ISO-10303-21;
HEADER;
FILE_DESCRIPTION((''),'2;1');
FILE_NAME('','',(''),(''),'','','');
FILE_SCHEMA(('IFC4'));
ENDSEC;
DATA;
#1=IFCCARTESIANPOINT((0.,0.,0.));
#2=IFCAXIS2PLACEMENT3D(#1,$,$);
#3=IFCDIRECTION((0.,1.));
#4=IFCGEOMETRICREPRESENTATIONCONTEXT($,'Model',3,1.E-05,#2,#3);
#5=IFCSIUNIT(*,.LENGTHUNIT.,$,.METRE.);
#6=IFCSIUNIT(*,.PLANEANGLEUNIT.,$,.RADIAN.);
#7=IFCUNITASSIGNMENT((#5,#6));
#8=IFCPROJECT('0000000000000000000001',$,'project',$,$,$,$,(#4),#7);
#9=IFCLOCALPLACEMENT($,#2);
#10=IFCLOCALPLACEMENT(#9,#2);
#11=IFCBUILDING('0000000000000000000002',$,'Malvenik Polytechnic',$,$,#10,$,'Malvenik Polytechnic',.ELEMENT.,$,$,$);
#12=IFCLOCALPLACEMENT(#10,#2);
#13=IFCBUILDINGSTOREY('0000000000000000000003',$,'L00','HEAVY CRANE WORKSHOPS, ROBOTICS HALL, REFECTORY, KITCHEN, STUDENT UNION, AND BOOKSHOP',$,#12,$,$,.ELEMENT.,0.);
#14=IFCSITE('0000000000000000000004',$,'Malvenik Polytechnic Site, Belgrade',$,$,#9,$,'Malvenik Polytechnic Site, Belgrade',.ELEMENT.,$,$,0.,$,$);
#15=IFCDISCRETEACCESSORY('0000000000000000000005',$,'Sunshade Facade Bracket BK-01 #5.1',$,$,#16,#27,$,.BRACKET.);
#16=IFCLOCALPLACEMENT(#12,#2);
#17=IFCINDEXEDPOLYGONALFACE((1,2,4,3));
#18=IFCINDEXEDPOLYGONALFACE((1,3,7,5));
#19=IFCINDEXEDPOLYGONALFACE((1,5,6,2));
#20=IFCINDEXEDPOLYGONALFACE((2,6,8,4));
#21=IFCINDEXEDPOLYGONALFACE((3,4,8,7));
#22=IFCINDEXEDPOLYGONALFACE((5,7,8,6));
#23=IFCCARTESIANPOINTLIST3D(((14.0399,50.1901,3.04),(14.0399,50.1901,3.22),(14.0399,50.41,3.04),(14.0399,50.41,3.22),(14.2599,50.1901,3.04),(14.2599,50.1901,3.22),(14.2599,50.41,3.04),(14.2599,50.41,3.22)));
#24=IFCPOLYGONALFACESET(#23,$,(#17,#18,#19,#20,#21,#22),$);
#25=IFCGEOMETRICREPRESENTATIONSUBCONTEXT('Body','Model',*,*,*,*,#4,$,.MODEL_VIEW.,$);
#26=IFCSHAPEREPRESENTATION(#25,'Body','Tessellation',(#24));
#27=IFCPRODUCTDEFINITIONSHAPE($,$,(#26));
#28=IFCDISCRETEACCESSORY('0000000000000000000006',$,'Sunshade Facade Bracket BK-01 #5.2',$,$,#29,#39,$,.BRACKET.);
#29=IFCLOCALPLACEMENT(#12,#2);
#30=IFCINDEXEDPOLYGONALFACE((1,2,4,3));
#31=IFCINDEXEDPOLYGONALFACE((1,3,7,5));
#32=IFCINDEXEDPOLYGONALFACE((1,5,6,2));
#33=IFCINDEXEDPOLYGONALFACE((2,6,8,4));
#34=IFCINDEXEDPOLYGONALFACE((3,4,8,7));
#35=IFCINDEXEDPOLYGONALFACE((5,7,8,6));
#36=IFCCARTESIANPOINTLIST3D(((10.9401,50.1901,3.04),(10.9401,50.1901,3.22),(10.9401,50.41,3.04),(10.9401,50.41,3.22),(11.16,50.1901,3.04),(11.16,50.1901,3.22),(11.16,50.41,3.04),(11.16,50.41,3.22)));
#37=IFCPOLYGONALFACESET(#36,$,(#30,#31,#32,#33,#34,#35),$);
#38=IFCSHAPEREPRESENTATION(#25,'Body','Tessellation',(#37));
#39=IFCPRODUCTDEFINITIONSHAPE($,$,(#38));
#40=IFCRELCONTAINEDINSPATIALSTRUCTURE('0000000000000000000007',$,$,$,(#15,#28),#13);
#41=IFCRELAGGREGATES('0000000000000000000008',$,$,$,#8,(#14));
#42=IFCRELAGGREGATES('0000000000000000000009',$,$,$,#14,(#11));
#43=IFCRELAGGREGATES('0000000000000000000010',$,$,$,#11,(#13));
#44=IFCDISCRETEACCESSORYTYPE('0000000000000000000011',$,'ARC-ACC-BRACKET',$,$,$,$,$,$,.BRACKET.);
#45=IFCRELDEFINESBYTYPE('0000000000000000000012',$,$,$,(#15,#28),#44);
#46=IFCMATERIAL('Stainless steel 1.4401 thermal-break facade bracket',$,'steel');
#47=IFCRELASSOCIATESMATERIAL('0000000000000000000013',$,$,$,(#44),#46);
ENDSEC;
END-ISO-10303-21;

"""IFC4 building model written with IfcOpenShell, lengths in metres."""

from ifc_helpers import new_model, si_unit, direction, frame, origin, origin_2d, place, context, subcontext, project, spatial, rectangle, extrude, material, type_object, element, save


model = new_model("IFC4")

# Units and contexts
model_context = context("Model", 3, precision=1e-05, world=origin(), true_north=direction((0.0, 1.0)))
body_context = subcontext(model_context, "Body", "Model", "MODEL_VIEW")
ifc_project = project(units=[si_unit("LENGTHUNIT", "METRE"), si_unit("PLANEANGLEUNIT", "RADIAN")], contexts=[model_context])

# Site, building, storey
site_placement = place(None, origin())
site = spatial("IfcSite", under=ifc_project, at=site_placement, Name="Malvenik Polytechnic Site, Belgrade", LongName="Malvenik Polytechnic Site, Belgrade", CompositionType="ELEMENT", RefElevation=0.0)
building_placement = place(site_placement, origin())
building = spatial("IfcBuilding", under=site, at=building_placement, Name="Malvenik Polytechnic", LongName="Malvenik Polytechnic", CompositionType="ELEMENT")
storey_placement = place(building_placement, origin())
storey = spatial("IfcBuildingStorey", under=building, at=storey_placement, Name="L00", Description="HEAVY CRANE WORKSHOPS, ROBOTICS HALL, REFECTORY, KITCHEN, STUDENT UNION, AND BOOKSHOP", CompositionType="ELEMENT", Elevation=0.0)

# Discrete accessories
ifc_material_1 = material(Name="Stainless steel 1.4401 thermal-break facade bracket", Category="steel")
discrete_accessory_type = type_object("IfcDiscreteAccessoryType", Name="ARC-ACC-BRACKET", PredefinedType="BRACKET", material=ifc_material_1)
for number, where, z_axis, x_axis, name in (
    (1, (14.1499, 50.3, 3.04), (0.0, 0.0, 1.0), (1.0, 0.0, 0.0), "Sunshade Facade Bracket BK-01 #5.1"),
    (2, (11.05, 50.3, 3.04), (0.0, 0.0, 1.0), (1.0, 0.0, 0.0), "Sunshade Facade Bracket BK-01 #5.2"),
):
    element("IfcDiscreteAccessory", number, at=place(storey_placement, frame(where, z_axis=z_axis, x_axis=x_axis)), inside=storey, type_object=discrete_accessory_type, Name=name, PredefinedType="BRACKET", context=body_context, shape_type="SweptSolid", body=[
        extrude(rectangle(XDim=0.22, YDim=0.22, at=origin_2d()), origin(), (0.0, 0.0, 1.0), 0.1799),
    ])

save(model, "model.ifc")
